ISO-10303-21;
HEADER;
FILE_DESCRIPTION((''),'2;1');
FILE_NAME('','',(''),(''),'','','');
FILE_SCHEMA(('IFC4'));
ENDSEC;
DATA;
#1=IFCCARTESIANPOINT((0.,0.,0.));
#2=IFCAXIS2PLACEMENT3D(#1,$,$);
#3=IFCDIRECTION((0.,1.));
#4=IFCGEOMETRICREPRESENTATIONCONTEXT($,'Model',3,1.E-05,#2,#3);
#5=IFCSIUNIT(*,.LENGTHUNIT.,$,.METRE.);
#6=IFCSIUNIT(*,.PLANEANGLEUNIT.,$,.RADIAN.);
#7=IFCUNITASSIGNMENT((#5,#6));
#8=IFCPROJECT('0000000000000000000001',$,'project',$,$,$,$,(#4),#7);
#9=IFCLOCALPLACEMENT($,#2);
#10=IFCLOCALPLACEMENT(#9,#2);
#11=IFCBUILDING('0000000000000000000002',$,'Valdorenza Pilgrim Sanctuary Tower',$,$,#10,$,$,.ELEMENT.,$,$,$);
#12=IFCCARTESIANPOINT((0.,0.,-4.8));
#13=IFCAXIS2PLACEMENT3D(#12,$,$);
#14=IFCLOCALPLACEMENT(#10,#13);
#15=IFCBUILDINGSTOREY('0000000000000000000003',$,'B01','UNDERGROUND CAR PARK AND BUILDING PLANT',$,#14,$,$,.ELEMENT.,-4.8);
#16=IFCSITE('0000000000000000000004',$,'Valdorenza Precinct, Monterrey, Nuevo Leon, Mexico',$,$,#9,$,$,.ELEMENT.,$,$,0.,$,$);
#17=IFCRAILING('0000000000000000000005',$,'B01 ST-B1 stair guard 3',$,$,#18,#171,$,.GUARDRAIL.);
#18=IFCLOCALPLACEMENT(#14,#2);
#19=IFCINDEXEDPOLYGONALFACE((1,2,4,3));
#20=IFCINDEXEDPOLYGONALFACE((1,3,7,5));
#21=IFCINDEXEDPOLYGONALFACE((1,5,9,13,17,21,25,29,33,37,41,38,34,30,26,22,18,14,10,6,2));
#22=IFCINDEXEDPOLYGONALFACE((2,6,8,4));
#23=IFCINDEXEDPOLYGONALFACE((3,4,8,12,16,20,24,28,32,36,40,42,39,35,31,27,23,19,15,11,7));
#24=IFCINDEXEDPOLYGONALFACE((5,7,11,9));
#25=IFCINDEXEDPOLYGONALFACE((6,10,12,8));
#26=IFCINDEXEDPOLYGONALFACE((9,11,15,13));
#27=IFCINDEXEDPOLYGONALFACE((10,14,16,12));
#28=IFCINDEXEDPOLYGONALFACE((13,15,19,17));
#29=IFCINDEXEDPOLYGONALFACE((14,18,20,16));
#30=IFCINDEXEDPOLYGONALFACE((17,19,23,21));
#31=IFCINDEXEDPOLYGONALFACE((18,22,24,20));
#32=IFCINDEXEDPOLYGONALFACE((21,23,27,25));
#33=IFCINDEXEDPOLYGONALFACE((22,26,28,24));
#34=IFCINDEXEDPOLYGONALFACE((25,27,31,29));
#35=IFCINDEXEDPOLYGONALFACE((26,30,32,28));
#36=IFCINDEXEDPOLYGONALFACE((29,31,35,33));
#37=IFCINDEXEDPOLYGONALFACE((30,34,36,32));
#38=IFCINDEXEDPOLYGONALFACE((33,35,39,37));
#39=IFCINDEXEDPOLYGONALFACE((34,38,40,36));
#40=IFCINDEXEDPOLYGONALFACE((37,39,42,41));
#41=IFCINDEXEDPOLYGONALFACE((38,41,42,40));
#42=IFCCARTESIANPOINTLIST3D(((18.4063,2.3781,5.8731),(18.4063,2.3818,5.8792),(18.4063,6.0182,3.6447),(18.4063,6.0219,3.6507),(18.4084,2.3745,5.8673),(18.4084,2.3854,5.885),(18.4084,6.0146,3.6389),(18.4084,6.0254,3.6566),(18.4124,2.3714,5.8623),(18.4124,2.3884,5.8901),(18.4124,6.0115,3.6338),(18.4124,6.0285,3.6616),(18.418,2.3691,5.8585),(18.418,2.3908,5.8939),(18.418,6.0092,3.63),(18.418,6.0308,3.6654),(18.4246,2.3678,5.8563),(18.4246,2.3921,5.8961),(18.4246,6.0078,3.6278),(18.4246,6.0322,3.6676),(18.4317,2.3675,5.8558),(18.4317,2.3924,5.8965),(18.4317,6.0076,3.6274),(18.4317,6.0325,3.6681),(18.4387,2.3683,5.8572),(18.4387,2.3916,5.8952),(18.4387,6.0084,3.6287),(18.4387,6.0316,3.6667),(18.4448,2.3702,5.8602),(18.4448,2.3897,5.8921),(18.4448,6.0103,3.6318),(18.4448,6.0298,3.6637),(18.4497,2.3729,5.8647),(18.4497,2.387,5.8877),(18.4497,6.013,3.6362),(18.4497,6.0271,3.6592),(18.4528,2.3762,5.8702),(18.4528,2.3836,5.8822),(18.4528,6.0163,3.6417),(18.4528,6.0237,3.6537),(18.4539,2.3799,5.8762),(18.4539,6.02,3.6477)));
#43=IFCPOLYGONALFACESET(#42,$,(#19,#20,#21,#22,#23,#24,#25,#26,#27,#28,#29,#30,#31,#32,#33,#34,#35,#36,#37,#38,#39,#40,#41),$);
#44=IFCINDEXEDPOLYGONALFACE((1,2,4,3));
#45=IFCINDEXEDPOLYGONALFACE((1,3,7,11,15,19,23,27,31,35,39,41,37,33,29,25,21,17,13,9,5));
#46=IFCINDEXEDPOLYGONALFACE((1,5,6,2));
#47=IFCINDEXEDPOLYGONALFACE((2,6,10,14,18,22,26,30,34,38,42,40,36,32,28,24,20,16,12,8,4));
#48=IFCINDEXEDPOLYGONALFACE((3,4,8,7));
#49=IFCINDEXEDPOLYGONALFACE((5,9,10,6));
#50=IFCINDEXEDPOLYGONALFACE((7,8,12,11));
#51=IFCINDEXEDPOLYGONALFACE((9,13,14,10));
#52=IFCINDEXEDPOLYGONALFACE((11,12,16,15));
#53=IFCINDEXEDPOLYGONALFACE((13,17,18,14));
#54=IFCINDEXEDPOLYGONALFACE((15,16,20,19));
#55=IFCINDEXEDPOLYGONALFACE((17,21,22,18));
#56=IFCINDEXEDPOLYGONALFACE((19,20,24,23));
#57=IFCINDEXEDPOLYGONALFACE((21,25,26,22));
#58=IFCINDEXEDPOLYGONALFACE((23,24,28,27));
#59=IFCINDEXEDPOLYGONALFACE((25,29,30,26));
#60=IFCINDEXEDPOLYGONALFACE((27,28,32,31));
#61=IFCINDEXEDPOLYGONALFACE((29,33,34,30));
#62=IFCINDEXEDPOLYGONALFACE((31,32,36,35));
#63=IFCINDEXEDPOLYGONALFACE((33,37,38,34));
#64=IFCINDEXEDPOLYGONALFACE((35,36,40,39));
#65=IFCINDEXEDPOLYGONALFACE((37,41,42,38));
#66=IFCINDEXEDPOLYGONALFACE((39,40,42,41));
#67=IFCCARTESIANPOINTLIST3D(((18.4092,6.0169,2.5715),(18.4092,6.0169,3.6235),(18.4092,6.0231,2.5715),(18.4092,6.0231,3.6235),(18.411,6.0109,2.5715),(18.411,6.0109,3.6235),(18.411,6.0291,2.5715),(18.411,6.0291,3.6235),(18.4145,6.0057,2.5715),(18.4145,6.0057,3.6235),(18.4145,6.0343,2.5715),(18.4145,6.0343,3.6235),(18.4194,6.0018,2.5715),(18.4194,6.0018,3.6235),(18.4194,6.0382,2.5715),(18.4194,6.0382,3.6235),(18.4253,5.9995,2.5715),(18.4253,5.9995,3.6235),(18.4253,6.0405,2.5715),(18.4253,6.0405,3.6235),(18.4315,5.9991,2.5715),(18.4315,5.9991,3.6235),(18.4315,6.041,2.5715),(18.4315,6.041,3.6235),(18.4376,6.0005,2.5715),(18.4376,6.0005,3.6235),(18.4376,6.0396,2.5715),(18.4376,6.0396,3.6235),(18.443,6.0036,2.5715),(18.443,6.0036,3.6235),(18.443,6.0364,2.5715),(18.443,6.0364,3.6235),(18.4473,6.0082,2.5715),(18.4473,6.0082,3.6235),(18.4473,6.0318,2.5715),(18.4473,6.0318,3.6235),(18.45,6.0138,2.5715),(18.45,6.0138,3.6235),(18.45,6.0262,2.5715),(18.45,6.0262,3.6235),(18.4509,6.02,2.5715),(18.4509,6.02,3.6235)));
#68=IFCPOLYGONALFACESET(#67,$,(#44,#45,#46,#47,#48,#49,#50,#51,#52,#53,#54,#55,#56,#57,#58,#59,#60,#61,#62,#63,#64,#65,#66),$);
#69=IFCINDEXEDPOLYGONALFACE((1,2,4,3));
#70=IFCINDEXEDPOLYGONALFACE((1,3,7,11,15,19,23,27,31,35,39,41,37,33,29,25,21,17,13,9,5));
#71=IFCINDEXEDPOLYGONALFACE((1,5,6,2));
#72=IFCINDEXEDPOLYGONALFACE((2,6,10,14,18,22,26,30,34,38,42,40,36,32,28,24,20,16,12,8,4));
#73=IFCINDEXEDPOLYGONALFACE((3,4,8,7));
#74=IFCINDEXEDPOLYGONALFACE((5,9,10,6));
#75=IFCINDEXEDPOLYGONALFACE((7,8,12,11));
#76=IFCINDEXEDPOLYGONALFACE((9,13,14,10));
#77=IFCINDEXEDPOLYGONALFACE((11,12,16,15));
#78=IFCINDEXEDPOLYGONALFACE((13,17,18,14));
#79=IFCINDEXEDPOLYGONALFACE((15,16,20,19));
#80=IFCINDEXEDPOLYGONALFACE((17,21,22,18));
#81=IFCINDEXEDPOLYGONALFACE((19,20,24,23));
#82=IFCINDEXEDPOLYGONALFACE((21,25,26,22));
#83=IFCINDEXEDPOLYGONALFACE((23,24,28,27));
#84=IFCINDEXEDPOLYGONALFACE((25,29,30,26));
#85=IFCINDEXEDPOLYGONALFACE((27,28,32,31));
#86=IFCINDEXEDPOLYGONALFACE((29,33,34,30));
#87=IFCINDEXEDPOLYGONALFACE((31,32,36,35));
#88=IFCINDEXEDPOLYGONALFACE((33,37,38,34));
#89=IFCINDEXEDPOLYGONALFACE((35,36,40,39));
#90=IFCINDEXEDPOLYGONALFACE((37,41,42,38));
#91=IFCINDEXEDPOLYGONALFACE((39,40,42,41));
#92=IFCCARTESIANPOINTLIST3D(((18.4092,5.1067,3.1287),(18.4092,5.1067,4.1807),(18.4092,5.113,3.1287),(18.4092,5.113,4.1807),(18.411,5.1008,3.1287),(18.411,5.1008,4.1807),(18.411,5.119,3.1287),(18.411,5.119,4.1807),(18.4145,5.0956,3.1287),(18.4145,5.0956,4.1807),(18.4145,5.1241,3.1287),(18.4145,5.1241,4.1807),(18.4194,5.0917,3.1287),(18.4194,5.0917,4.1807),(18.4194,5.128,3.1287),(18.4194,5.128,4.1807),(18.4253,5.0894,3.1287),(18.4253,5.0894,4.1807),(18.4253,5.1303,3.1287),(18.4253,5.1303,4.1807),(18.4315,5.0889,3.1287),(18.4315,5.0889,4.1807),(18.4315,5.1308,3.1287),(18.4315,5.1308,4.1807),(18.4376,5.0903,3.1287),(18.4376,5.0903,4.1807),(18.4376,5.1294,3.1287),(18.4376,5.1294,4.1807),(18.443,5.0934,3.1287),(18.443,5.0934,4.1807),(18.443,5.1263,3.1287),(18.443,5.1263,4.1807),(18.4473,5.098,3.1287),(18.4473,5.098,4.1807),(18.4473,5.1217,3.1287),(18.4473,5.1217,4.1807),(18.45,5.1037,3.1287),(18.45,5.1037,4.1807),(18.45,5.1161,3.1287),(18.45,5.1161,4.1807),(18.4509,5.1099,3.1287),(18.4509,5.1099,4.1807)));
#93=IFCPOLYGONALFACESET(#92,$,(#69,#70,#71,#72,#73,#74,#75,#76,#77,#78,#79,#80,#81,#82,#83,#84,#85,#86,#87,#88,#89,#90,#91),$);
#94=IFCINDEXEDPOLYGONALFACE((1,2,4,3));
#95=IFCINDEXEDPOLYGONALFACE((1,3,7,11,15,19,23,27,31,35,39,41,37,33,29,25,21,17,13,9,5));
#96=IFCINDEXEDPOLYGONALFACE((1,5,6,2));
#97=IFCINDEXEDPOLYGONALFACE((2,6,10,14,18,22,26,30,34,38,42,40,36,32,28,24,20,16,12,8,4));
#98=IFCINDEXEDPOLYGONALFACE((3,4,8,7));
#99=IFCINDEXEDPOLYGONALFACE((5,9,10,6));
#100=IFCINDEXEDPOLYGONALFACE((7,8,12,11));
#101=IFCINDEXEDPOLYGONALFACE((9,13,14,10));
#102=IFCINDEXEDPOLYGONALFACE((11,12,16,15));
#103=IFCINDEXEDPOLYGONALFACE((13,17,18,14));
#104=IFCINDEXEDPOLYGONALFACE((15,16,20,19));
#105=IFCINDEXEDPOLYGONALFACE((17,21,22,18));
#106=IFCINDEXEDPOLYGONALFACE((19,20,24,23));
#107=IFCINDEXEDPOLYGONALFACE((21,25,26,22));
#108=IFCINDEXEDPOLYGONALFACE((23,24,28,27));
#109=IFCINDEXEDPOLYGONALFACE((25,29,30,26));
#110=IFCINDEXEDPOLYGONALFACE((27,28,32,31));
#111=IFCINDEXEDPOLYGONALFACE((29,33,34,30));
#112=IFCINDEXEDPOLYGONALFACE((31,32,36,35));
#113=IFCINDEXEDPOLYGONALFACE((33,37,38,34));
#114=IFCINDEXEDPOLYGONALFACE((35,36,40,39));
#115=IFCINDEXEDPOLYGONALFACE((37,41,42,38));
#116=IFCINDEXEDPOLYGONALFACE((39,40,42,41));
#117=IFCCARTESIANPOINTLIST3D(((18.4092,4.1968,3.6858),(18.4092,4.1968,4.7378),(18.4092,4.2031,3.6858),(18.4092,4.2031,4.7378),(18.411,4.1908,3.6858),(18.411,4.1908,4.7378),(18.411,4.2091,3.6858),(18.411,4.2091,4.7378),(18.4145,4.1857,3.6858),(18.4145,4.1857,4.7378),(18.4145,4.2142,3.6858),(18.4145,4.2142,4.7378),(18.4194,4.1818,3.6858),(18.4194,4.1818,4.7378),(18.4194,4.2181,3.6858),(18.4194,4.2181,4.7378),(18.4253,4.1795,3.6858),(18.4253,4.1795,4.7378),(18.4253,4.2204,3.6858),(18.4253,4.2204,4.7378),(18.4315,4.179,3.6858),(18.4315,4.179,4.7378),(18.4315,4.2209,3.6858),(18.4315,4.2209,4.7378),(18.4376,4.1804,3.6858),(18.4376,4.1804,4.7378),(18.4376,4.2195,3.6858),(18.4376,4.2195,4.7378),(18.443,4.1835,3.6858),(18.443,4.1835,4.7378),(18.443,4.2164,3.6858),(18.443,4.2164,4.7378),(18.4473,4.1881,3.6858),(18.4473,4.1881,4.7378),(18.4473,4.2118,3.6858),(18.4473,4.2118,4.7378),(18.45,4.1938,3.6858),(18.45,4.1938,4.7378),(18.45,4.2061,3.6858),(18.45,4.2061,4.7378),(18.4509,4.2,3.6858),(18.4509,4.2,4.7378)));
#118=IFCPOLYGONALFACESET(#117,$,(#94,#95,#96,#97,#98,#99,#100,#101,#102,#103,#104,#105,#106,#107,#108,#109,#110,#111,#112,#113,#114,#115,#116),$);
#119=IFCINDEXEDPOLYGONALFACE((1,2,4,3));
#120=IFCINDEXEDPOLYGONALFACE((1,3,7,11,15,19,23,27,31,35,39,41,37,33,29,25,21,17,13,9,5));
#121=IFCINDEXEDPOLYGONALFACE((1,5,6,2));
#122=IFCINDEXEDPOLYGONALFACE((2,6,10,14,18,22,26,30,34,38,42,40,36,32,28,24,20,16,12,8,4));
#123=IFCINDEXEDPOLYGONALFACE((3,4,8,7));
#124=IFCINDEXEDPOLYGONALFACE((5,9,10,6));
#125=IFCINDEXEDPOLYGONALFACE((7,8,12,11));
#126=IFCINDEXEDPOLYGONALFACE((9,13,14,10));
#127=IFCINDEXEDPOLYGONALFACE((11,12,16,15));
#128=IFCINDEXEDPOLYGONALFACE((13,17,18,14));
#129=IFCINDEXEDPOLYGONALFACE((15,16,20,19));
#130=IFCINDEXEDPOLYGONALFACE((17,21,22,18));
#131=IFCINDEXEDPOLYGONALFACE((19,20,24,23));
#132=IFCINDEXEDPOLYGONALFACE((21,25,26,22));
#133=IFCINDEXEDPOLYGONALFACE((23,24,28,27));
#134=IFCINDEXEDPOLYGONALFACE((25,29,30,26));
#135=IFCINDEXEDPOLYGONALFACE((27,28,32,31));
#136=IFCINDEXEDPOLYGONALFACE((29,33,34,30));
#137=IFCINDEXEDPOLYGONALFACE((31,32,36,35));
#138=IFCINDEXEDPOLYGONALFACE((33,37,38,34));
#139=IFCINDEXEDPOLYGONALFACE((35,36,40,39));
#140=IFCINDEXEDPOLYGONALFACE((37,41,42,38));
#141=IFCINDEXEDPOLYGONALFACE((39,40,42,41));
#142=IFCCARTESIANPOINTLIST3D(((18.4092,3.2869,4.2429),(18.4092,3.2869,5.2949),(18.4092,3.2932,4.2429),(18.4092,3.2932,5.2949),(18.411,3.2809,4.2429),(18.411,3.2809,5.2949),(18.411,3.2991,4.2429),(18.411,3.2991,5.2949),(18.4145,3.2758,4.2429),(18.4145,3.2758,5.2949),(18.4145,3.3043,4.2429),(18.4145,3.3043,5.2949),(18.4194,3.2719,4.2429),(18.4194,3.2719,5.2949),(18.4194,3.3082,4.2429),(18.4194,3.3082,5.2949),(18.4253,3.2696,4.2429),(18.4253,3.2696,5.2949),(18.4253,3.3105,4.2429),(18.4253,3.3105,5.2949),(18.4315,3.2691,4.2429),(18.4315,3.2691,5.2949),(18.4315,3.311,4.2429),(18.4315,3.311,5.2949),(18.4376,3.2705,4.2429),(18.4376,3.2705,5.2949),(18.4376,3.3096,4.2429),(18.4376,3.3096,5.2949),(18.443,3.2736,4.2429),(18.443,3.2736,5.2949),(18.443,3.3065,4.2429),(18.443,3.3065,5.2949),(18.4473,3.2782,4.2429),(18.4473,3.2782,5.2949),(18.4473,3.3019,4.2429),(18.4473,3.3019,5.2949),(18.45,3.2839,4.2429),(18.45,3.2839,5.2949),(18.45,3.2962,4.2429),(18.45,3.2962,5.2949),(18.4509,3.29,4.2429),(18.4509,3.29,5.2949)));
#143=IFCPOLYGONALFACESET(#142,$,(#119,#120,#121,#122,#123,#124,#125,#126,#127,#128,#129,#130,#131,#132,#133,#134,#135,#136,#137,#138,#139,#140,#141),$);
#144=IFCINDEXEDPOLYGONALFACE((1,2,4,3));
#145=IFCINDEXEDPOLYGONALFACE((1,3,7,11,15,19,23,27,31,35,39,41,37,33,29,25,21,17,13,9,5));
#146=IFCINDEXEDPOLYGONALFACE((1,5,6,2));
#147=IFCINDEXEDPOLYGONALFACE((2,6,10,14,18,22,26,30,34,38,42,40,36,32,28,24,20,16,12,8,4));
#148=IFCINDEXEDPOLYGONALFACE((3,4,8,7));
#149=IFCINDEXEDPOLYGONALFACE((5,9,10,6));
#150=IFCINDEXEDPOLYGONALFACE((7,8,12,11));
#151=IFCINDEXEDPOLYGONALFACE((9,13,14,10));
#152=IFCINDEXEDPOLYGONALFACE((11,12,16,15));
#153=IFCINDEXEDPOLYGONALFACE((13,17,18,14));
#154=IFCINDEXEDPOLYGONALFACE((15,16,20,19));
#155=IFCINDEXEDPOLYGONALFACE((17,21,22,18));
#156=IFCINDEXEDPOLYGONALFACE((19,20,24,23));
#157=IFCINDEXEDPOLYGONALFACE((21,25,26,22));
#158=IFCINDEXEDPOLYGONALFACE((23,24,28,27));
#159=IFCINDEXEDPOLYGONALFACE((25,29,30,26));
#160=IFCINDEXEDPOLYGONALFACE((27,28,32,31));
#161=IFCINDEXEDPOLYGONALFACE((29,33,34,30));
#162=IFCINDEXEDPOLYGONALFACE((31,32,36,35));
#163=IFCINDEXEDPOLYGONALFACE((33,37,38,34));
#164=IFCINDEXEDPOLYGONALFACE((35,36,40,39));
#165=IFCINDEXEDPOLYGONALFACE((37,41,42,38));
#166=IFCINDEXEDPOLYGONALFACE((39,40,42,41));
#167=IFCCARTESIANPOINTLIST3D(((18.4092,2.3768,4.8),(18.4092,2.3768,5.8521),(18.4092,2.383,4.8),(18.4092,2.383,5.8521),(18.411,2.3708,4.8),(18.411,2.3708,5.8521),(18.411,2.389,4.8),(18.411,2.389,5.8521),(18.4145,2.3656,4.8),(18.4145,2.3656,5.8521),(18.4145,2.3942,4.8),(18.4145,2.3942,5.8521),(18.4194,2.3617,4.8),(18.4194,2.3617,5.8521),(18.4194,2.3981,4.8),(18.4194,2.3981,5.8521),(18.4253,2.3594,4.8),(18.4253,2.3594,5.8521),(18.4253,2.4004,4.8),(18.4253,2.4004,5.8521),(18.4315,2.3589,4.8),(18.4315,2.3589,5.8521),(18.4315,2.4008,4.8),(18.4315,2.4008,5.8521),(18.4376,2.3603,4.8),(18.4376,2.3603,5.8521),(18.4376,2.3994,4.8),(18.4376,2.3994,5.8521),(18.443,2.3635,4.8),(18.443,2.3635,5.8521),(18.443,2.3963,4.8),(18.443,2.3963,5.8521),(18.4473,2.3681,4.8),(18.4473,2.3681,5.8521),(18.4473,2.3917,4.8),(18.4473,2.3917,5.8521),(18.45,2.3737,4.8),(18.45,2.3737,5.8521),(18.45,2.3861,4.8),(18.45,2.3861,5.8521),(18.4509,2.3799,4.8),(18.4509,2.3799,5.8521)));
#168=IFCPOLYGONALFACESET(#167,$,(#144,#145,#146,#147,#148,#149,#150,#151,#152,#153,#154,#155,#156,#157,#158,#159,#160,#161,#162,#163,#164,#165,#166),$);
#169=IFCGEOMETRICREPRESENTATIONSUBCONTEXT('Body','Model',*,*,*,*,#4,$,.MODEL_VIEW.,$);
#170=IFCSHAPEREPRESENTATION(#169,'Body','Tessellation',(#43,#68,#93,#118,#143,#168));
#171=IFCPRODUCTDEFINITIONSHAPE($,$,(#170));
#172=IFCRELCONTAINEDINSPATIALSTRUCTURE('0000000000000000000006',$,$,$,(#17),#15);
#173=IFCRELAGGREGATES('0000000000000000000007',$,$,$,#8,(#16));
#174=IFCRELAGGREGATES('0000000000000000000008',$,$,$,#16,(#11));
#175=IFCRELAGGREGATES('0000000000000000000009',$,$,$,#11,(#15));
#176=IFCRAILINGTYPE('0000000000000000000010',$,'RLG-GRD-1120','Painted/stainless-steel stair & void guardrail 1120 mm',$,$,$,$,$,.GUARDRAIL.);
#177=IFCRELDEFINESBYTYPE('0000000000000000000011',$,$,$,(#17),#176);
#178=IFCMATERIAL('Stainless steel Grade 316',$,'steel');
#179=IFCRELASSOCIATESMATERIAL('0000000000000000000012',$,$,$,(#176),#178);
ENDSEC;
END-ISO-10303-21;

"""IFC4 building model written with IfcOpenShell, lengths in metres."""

from ifc_helpers import new_model, si_unit, direction, frame, origin, origin_2d, place, context, subcontext, project, spatial, circle, extrude, material, type_object, element, save


model = new_model("IFC4")

# Units and contexts
model_context = context("Model", 3, precision=1e-05, world=origin(), true_north=direction((0.0, 1.0)))
body_context = subcontext(model_context, "Body", "Model", "MODEL_VIEW")
ifc_project = project(units=[si_unit("LENGTHUNIT", "METRE"), si_unit("PLANEANGLEUNIT", "RADIAN")], contexts=[model_context])

# Site, building, storey
site_placement = place(None, origin())
site = spatial("IfcSite", under=ifc_project, at=site_placement, Name="Valdorenza Precinct, Monterrey, Nuevo Leon, Mexico", CompositionType="ELEMENT", RefElevation=0.0)
building_placement = place(site_placement, origin())
building = spatial("IfcBuilding", under=site, at=building_placement, Name="Valdorenza Pilgrim Sanctuary Tower", CompositionType="ELEMENT")
storey_placement = place(building_placement, frame((0.0, 0.0, -4.8)))
storey = spatial("IfcBuildingStorey", under=building, at=storey_placement, Name="B01", Description="UNDERGROUND CAR PARK AND BUILDING PLANT", CompositionType="ELEMENT", Elevation=-4.8)

# Railing
ifc_material_1 = material(Name="Stainless steel Grade 316", Category="steel")
railing_type_1 = type_object("IfcRailingType", Name="RLG-GRD-1120", Description="Painted/stainless-steel stair & void guardrail 1120 mm", PredefinedType="GUARDRAIL", material=ifc_material_1)
railing_1_placement = place(storey_placement, frame((18.4299, 6.02, 2.5715)))
element("IfcRailing", 1, at=railing_1_placement, inside=storey, type_object=railing_type_1, Name="B01 ST-B1 stair guard 3", PredefinedType="GUARDRAIL", context=body_context, shape_type="SweptSolid", body=[
    extrude(circle(Radius=0.0239, at=origin_2d()), frame((0.0, 0.0, 1.0762), z_axis=(0.0, -0.852866, 0.52213), x_axis=(1.0, 0.0, 0.0)), (0.0, 0.0, 1.0), 4.2681),
    extrude(circle(Radius=0.021, at=origin_2d()), origin(), (0.0, 0.0, 1.0), 1.052),
    extrude(circle(Radius=0.021, at=origin_2d()), frame((0.0, -0.9102, 0.5571)), (0.0, 0.0, 1.0), 1.052),
    extrude(circle(Radius=0.021, at=origin_2d()), frame((0.0, -1.8201, 1.1143)), (0.0, 0.0, 1.0), 1.052),
    extrude(circle(Radius=0.021, at=origin_2d()), frame((0.0, -2.73, 1.6714)), (0.0, 0.0, 1.0), 1.052),
    extrude(circle(Radius=0.021, at=origin_2d()), frame((0.0, -3.6401, 2.2285)), (0.0, 0.0, 1.0), 1.052),
])

save(model, "model.ifc")
